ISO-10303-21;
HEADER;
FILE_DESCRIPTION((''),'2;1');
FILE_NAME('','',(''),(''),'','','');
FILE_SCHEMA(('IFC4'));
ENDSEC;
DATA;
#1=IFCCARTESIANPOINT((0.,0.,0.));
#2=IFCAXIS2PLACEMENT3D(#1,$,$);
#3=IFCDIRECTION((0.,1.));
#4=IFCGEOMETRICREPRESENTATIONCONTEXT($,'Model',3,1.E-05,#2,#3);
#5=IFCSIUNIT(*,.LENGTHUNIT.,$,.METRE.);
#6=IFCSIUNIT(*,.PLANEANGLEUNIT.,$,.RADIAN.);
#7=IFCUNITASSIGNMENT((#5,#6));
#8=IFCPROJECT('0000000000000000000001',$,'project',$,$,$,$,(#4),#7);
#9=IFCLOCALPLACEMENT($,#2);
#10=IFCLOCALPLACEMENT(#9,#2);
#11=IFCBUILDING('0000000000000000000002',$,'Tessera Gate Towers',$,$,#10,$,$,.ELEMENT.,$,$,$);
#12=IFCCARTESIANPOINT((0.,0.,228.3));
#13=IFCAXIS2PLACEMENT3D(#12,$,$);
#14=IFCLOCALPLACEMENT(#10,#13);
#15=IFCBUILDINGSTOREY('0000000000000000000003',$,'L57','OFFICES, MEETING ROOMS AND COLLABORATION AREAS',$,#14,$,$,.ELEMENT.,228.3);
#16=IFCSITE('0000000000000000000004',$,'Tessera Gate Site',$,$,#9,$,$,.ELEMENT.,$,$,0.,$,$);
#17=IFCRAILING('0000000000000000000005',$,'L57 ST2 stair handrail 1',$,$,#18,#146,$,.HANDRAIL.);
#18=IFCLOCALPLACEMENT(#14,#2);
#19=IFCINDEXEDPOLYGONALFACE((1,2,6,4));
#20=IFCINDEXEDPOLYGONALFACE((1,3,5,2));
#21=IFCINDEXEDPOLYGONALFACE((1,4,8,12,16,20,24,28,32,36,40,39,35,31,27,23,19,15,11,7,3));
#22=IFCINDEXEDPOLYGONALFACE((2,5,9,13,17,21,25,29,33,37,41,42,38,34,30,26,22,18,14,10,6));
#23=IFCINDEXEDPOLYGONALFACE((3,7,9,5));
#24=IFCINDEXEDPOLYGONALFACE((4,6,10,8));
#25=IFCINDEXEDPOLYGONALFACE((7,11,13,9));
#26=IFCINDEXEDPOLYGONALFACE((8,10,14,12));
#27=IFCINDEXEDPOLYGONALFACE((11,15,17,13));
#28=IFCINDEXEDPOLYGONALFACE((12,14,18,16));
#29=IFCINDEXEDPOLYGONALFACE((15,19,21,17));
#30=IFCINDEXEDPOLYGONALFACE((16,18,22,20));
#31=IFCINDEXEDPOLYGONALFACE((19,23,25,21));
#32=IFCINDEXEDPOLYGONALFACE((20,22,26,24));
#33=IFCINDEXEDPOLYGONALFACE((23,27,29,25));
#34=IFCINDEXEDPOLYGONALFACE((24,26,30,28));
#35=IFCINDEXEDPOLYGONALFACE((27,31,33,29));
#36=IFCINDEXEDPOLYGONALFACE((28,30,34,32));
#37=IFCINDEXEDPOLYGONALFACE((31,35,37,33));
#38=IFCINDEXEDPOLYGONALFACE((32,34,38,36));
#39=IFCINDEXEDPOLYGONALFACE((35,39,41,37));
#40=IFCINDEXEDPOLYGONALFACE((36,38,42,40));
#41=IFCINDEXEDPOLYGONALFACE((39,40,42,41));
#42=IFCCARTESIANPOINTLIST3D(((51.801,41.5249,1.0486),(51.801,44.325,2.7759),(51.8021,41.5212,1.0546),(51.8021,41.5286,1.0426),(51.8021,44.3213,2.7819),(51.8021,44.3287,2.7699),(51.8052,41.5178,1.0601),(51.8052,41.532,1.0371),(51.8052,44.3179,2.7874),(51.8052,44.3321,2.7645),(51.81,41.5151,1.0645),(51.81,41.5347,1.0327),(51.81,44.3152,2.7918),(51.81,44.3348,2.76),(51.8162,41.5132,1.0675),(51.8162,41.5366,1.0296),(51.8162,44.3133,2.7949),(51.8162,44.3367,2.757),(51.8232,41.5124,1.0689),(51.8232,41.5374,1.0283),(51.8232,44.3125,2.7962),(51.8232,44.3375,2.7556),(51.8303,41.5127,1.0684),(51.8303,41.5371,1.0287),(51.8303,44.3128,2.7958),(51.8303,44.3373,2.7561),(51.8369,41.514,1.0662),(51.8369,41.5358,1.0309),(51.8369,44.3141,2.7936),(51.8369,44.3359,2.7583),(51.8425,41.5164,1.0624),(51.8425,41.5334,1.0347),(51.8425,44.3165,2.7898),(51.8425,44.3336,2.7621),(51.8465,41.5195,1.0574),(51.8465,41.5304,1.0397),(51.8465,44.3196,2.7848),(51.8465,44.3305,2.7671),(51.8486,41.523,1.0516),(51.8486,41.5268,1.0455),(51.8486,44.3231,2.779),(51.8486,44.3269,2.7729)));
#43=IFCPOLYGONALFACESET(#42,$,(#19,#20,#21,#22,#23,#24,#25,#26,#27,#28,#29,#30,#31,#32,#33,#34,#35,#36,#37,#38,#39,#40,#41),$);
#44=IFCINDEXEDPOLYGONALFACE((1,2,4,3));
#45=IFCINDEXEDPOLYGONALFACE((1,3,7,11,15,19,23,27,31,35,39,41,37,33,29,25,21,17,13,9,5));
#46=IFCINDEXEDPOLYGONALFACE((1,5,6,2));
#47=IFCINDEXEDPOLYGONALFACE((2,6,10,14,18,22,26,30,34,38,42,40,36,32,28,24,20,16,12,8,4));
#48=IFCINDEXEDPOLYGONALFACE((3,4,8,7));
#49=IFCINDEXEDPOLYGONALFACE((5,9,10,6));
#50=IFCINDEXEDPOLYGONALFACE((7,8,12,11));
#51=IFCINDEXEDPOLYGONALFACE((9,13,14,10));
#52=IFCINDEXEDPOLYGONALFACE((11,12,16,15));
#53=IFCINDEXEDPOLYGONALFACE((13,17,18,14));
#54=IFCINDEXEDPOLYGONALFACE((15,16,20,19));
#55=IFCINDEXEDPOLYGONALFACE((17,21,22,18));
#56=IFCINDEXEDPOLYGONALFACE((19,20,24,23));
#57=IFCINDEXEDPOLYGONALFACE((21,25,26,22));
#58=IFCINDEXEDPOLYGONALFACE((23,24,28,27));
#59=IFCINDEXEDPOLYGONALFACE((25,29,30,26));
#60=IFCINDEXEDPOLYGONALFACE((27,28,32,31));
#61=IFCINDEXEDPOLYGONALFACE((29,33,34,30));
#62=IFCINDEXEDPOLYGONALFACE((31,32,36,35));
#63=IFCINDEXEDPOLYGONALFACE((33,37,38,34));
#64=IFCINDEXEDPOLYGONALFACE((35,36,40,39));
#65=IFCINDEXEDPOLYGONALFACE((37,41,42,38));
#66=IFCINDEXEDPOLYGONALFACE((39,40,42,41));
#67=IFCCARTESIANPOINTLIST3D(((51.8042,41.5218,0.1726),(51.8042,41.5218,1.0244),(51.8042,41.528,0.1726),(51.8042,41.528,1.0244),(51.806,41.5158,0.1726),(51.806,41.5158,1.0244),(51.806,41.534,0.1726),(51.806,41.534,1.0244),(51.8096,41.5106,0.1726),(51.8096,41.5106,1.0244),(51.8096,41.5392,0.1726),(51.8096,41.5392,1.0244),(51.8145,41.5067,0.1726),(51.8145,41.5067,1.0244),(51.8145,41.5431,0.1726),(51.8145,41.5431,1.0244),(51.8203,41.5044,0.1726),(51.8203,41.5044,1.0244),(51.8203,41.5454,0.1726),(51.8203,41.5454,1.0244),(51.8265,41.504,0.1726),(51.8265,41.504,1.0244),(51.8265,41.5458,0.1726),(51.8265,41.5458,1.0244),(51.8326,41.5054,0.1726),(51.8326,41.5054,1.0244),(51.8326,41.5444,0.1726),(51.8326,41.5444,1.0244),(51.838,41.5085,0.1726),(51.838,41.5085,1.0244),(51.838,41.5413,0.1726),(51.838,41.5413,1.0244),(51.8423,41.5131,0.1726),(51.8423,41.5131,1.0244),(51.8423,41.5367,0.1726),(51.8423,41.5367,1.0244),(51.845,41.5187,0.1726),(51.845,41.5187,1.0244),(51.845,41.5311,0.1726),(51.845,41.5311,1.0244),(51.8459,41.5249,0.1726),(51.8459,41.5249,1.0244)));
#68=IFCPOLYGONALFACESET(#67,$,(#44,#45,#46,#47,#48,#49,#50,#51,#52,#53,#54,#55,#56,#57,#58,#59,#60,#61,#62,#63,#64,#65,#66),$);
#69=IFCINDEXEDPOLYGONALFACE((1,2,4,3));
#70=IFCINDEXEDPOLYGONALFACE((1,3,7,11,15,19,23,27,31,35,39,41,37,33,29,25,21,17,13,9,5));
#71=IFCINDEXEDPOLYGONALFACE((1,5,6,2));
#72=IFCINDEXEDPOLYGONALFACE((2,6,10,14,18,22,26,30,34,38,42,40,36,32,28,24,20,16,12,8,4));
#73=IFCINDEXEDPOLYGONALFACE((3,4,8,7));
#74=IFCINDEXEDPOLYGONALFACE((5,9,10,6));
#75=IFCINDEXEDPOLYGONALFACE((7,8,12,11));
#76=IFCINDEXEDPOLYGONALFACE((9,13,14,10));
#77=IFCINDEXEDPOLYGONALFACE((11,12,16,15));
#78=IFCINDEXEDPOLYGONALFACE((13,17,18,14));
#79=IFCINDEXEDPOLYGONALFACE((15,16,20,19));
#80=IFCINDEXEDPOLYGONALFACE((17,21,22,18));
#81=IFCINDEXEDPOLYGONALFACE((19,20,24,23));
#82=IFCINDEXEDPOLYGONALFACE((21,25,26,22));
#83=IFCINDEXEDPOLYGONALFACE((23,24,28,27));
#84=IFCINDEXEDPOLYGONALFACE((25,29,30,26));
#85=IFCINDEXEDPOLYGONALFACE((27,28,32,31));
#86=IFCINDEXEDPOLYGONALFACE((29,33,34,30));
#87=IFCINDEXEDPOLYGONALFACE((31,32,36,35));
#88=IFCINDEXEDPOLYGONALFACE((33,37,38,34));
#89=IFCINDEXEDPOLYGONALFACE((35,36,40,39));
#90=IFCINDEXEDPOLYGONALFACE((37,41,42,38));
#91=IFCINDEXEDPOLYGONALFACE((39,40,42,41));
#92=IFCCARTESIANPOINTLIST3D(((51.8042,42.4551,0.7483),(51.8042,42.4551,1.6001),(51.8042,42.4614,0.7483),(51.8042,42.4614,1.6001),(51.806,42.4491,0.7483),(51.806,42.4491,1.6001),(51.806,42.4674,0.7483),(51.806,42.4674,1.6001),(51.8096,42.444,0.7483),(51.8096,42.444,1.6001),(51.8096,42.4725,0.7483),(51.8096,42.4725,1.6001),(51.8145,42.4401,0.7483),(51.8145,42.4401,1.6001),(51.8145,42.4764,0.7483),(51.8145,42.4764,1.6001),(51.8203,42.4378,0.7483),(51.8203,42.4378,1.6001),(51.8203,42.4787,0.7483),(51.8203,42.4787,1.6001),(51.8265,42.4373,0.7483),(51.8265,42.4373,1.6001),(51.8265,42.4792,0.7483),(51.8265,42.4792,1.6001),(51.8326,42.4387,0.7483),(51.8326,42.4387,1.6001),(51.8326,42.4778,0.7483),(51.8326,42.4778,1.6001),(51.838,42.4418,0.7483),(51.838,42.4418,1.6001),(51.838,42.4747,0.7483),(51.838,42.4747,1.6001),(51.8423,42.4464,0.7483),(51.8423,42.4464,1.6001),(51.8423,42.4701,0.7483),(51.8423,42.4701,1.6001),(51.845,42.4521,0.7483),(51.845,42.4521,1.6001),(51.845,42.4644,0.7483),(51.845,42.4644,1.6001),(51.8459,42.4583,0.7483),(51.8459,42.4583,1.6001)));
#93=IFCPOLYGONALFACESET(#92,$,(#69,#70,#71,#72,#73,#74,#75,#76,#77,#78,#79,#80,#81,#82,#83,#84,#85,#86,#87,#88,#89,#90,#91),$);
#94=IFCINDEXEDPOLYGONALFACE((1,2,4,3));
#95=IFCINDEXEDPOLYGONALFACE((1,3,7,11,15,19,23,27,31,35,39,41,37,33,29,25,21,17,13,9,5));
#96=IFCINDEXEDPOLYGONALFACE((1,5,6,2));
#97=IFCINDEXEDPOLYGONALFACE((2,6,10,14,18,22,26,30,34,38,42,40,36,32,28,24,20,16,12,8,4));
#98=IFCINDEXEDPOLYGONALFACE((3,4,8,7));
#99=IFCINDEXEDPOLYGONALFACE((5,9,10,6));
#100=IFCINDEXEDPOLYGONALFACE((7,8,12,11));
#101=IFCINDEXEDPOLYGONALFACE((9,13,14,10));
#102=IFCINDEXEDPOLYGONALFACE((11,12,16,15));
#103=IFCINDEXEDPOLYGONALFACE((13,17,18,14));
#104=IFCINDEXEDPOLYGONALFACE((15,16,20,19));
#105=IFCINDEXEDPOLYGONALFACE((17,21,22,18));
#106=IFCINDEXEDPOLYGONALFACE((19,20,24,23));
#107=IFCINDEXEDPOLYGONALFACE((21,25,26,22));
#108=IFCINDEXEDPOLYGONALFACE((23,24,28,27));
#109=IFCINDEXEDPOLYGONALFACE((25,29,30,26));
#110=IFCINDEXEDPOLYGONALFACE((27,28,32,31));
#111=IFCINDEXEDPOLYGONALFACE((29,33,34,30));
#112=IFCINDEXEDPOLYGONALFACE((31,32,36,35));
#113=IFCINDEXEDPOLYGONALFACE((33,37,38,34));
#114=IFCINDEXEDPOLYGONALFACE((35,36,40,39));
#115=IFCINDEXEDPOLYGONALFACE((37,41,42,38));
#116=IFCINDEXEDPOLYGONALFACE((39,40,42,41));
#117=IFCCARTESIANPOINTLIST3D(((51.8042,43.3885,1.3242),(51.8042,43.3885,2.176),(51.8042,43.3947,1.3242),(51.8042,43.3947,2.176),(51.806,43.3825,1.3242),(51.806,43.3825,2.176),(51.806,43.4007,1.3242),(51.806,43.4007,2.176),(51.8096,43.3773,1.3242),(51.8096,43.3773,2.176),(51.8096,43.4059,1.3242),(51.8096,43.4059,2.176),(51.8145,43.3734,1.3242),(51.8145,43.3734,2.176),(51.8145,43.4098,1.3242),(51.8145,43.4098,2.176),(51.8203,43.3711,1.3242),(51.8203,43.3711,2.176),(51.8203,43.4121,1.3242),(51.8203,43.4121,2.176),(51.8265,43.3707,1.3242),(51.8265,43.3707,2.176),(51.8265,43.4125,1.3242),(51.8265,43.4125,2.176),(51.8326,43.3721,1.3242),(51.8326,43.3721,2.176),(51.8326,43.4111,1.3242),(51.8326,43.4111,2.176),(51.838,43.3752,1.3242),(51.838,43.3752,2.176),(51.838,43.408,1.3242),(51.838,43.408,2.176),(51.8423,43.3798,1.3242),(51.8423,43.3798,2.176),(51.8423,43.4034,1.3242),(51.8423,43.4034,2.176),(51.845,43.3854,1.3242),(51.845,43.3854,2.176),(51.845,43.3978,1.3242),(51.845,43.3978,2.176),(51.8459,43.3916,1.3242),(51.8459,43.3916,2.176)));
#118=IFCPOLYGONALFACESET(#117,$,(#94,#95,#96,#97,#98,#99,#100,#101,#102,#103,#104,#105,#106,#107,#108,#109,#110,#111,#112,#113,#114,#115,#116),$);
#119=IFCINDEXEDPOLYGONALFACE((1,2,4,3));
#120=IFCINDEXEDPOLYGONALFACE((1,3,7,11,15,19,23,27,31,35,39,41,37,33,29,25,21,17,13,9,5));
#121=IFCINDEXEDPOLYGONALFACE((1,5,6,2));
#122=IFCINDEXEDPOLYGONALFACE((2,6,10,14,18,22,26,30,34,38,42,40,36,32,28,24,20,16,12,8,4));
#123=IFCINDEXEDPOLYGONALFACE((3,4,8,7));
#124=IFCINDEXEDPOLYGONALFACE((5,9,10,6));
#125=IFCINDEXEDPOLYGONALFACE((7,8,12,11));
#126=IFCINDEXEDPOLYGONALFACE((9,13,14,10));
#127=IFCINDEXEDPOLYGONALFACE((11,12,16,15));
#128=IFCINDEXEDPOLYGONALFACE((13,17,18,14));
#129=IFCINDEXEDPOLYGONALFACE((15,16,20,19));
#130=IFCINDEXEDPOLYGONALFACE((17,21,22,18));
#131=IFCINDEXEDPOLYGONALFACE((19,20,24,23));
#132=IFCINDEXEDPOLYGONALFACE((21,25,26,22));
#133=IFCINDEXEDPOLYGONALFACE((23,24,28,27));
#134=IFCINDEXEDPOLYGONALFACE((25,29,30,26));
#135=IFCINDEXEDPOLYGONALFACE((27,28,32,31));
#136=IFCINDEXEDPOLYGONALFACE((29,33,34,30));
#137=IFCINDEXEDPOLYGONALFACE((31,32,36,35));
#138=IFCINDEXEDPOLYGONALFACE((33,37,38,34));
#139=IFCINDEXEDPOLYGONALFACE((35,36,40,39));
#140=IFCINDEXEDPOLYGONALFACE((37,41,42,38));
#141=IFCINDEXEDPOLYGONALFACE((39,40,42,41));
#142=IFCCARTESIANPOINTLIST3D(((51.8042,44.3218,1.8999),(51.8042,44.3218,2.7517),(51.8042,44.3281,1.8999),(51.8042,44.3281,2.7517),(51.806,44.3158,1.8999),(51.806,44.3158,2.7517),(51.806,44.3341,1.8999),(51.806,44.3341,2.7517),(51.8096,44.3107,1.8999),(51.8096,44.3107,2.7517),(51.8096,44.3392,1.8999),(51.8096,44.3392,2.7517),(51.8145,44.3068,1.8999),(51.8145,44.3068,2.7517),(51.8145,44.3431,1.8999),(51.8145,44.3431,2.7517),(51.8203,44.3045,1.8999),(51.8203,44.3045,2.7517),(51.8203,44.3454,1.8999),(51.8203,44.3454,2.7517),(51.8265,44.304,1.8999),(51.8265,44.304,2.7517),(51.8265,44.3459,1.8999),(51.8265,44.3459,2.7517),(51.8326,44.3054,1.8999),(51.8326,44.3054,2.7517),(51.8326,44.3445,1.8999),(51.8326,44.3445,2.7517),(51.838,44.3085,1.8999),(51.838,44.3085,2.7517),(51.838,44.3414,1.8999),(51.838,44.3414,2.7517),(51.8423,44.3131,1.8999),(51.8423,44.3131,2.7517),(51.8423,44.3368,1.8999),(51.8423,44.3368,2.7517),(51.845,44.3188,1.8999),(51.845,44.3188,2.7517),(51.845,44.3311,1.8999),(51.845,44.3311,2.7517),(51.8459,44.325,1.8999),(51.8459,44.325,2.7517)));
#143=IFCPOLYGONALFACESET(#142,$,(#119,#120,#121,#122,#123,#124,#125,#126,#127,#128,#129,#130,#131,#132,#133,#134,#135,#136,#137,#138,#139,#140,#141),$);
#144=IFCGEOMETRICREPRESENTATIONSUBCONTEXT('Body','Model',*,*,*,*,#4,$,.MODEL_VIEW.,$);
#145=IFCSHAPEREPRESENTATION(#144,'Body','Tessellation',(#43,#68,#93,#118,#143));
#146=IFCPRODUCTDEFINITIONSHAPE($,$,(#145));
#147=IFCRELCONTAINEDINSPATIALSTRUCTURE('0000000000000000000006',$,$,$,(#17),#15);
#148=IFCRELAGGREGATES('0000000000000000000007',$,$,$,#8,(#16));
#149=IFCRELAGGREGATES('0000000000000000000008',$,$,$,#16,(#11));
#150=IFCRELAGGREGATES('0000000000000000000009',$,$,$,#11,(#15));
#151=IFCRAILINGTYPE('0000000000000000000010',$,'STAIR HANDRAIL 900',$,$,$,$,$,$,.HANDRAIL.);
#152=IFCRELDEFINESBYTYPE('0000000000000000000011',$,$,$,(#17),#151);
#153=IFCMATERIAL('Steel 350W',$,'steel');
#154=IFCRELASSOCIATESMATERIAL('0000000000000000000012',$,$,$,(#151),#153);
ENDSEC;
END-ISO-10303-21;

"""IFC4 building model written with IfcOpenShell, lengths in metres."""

from ifc_helpers import new_model, si_unit, direction, frame, origin, origin_2d, place, context, subcontext, project, spatial, circle, extrude, material, type_object, element, save


model = new_model("IFC4")

# Units and contexts
model_context = context("Model", 3, precision=1e-05, world=origin(), true_north=direction((0.0, 1.0)))
body_context = subcontext(model_context, "Body", "Model", "MODEL_VIEW")
ifc_project = project(units=[si_unit("LENGTHUNIT", "METRE"), si_unit("PLANEANGLEUNIT", "RADIAN")], contexts=[model_context])

# Site, building, storey
site_placement = place(None, origin())
site = spatial("IfcSite", under=ifc_project, at=site_placement, Name="Tessera Gate Site", CompositionType="ELEMENT", RefElevation=0.0)
building_placement = place(site_placement, origin())
building = spatial("IfcBuilding", under=site, at=building_placement, Name="Tessera Gate Towers", CompositionType="ELEMENT")
storey_placement = place(building_placement, frame((0.0, 0.0, 228.3)))
storey = spatial("IfcBuildingStorey", under=building, at=storey_placement, Name="L57", Description="OFFICES, MEETING ROOMS AND COLLABORATION AREAS", CompositionType="ELEMENT", Elevation=228.3)

# Railing
ifc_material_1 = material(Name="Steel 350W", Category="steel")
railing_type_1 = type_object("IfcRailingType", Name="STAIR HANDRAIL 900", PredefinedType="HANDRAIL", material=ifc_material_1)
railing_1_placement = place(storey_placement, frame((51.825, 41.5249, 0.1726)))
element("IfcRailing", 1, at=railing_1_placement, inside=storey, type_object=railing_type_1, Name="L57 ST2 stair handrail 1", PredefinedType="HANDRAIL", context=body_context, shape_type="SweptSolid", body=[
    extrude(circle(Radius=0.0239, at=origin_2d()), frame((0.0, 0.0, 0.876), z_axis=(0.0, 0.85109, 0.52502), x_axis=(-1.0, 0.0, 0.0)), (0.0, 0.0, 1.0), 3.29),
    extrude(circle(Radius=0.021, at=origin_2d()), origin(), (0.0, 0.0, 1.0), 0.8518),
    extrude(circle(Radius=0.021, at=origin_2d()), frame((0.0, 0.9333, 0.5757)), (0.0, 0.0, 1.0), 0.8518),
    extrude(circle(Radius=0.021, at=origin_2d()), frame((0.0, 1.8667, 1.1516)), (0.0, 0.0, 1.0), 0.8518),
    extrude(circle(Radius=0.021, at=origin_2d()), frame((0.0, 2.8, 1.7273)), (0.0, 0.0, 1.0), 0.8518),
])

save(model, "model.ifc")
